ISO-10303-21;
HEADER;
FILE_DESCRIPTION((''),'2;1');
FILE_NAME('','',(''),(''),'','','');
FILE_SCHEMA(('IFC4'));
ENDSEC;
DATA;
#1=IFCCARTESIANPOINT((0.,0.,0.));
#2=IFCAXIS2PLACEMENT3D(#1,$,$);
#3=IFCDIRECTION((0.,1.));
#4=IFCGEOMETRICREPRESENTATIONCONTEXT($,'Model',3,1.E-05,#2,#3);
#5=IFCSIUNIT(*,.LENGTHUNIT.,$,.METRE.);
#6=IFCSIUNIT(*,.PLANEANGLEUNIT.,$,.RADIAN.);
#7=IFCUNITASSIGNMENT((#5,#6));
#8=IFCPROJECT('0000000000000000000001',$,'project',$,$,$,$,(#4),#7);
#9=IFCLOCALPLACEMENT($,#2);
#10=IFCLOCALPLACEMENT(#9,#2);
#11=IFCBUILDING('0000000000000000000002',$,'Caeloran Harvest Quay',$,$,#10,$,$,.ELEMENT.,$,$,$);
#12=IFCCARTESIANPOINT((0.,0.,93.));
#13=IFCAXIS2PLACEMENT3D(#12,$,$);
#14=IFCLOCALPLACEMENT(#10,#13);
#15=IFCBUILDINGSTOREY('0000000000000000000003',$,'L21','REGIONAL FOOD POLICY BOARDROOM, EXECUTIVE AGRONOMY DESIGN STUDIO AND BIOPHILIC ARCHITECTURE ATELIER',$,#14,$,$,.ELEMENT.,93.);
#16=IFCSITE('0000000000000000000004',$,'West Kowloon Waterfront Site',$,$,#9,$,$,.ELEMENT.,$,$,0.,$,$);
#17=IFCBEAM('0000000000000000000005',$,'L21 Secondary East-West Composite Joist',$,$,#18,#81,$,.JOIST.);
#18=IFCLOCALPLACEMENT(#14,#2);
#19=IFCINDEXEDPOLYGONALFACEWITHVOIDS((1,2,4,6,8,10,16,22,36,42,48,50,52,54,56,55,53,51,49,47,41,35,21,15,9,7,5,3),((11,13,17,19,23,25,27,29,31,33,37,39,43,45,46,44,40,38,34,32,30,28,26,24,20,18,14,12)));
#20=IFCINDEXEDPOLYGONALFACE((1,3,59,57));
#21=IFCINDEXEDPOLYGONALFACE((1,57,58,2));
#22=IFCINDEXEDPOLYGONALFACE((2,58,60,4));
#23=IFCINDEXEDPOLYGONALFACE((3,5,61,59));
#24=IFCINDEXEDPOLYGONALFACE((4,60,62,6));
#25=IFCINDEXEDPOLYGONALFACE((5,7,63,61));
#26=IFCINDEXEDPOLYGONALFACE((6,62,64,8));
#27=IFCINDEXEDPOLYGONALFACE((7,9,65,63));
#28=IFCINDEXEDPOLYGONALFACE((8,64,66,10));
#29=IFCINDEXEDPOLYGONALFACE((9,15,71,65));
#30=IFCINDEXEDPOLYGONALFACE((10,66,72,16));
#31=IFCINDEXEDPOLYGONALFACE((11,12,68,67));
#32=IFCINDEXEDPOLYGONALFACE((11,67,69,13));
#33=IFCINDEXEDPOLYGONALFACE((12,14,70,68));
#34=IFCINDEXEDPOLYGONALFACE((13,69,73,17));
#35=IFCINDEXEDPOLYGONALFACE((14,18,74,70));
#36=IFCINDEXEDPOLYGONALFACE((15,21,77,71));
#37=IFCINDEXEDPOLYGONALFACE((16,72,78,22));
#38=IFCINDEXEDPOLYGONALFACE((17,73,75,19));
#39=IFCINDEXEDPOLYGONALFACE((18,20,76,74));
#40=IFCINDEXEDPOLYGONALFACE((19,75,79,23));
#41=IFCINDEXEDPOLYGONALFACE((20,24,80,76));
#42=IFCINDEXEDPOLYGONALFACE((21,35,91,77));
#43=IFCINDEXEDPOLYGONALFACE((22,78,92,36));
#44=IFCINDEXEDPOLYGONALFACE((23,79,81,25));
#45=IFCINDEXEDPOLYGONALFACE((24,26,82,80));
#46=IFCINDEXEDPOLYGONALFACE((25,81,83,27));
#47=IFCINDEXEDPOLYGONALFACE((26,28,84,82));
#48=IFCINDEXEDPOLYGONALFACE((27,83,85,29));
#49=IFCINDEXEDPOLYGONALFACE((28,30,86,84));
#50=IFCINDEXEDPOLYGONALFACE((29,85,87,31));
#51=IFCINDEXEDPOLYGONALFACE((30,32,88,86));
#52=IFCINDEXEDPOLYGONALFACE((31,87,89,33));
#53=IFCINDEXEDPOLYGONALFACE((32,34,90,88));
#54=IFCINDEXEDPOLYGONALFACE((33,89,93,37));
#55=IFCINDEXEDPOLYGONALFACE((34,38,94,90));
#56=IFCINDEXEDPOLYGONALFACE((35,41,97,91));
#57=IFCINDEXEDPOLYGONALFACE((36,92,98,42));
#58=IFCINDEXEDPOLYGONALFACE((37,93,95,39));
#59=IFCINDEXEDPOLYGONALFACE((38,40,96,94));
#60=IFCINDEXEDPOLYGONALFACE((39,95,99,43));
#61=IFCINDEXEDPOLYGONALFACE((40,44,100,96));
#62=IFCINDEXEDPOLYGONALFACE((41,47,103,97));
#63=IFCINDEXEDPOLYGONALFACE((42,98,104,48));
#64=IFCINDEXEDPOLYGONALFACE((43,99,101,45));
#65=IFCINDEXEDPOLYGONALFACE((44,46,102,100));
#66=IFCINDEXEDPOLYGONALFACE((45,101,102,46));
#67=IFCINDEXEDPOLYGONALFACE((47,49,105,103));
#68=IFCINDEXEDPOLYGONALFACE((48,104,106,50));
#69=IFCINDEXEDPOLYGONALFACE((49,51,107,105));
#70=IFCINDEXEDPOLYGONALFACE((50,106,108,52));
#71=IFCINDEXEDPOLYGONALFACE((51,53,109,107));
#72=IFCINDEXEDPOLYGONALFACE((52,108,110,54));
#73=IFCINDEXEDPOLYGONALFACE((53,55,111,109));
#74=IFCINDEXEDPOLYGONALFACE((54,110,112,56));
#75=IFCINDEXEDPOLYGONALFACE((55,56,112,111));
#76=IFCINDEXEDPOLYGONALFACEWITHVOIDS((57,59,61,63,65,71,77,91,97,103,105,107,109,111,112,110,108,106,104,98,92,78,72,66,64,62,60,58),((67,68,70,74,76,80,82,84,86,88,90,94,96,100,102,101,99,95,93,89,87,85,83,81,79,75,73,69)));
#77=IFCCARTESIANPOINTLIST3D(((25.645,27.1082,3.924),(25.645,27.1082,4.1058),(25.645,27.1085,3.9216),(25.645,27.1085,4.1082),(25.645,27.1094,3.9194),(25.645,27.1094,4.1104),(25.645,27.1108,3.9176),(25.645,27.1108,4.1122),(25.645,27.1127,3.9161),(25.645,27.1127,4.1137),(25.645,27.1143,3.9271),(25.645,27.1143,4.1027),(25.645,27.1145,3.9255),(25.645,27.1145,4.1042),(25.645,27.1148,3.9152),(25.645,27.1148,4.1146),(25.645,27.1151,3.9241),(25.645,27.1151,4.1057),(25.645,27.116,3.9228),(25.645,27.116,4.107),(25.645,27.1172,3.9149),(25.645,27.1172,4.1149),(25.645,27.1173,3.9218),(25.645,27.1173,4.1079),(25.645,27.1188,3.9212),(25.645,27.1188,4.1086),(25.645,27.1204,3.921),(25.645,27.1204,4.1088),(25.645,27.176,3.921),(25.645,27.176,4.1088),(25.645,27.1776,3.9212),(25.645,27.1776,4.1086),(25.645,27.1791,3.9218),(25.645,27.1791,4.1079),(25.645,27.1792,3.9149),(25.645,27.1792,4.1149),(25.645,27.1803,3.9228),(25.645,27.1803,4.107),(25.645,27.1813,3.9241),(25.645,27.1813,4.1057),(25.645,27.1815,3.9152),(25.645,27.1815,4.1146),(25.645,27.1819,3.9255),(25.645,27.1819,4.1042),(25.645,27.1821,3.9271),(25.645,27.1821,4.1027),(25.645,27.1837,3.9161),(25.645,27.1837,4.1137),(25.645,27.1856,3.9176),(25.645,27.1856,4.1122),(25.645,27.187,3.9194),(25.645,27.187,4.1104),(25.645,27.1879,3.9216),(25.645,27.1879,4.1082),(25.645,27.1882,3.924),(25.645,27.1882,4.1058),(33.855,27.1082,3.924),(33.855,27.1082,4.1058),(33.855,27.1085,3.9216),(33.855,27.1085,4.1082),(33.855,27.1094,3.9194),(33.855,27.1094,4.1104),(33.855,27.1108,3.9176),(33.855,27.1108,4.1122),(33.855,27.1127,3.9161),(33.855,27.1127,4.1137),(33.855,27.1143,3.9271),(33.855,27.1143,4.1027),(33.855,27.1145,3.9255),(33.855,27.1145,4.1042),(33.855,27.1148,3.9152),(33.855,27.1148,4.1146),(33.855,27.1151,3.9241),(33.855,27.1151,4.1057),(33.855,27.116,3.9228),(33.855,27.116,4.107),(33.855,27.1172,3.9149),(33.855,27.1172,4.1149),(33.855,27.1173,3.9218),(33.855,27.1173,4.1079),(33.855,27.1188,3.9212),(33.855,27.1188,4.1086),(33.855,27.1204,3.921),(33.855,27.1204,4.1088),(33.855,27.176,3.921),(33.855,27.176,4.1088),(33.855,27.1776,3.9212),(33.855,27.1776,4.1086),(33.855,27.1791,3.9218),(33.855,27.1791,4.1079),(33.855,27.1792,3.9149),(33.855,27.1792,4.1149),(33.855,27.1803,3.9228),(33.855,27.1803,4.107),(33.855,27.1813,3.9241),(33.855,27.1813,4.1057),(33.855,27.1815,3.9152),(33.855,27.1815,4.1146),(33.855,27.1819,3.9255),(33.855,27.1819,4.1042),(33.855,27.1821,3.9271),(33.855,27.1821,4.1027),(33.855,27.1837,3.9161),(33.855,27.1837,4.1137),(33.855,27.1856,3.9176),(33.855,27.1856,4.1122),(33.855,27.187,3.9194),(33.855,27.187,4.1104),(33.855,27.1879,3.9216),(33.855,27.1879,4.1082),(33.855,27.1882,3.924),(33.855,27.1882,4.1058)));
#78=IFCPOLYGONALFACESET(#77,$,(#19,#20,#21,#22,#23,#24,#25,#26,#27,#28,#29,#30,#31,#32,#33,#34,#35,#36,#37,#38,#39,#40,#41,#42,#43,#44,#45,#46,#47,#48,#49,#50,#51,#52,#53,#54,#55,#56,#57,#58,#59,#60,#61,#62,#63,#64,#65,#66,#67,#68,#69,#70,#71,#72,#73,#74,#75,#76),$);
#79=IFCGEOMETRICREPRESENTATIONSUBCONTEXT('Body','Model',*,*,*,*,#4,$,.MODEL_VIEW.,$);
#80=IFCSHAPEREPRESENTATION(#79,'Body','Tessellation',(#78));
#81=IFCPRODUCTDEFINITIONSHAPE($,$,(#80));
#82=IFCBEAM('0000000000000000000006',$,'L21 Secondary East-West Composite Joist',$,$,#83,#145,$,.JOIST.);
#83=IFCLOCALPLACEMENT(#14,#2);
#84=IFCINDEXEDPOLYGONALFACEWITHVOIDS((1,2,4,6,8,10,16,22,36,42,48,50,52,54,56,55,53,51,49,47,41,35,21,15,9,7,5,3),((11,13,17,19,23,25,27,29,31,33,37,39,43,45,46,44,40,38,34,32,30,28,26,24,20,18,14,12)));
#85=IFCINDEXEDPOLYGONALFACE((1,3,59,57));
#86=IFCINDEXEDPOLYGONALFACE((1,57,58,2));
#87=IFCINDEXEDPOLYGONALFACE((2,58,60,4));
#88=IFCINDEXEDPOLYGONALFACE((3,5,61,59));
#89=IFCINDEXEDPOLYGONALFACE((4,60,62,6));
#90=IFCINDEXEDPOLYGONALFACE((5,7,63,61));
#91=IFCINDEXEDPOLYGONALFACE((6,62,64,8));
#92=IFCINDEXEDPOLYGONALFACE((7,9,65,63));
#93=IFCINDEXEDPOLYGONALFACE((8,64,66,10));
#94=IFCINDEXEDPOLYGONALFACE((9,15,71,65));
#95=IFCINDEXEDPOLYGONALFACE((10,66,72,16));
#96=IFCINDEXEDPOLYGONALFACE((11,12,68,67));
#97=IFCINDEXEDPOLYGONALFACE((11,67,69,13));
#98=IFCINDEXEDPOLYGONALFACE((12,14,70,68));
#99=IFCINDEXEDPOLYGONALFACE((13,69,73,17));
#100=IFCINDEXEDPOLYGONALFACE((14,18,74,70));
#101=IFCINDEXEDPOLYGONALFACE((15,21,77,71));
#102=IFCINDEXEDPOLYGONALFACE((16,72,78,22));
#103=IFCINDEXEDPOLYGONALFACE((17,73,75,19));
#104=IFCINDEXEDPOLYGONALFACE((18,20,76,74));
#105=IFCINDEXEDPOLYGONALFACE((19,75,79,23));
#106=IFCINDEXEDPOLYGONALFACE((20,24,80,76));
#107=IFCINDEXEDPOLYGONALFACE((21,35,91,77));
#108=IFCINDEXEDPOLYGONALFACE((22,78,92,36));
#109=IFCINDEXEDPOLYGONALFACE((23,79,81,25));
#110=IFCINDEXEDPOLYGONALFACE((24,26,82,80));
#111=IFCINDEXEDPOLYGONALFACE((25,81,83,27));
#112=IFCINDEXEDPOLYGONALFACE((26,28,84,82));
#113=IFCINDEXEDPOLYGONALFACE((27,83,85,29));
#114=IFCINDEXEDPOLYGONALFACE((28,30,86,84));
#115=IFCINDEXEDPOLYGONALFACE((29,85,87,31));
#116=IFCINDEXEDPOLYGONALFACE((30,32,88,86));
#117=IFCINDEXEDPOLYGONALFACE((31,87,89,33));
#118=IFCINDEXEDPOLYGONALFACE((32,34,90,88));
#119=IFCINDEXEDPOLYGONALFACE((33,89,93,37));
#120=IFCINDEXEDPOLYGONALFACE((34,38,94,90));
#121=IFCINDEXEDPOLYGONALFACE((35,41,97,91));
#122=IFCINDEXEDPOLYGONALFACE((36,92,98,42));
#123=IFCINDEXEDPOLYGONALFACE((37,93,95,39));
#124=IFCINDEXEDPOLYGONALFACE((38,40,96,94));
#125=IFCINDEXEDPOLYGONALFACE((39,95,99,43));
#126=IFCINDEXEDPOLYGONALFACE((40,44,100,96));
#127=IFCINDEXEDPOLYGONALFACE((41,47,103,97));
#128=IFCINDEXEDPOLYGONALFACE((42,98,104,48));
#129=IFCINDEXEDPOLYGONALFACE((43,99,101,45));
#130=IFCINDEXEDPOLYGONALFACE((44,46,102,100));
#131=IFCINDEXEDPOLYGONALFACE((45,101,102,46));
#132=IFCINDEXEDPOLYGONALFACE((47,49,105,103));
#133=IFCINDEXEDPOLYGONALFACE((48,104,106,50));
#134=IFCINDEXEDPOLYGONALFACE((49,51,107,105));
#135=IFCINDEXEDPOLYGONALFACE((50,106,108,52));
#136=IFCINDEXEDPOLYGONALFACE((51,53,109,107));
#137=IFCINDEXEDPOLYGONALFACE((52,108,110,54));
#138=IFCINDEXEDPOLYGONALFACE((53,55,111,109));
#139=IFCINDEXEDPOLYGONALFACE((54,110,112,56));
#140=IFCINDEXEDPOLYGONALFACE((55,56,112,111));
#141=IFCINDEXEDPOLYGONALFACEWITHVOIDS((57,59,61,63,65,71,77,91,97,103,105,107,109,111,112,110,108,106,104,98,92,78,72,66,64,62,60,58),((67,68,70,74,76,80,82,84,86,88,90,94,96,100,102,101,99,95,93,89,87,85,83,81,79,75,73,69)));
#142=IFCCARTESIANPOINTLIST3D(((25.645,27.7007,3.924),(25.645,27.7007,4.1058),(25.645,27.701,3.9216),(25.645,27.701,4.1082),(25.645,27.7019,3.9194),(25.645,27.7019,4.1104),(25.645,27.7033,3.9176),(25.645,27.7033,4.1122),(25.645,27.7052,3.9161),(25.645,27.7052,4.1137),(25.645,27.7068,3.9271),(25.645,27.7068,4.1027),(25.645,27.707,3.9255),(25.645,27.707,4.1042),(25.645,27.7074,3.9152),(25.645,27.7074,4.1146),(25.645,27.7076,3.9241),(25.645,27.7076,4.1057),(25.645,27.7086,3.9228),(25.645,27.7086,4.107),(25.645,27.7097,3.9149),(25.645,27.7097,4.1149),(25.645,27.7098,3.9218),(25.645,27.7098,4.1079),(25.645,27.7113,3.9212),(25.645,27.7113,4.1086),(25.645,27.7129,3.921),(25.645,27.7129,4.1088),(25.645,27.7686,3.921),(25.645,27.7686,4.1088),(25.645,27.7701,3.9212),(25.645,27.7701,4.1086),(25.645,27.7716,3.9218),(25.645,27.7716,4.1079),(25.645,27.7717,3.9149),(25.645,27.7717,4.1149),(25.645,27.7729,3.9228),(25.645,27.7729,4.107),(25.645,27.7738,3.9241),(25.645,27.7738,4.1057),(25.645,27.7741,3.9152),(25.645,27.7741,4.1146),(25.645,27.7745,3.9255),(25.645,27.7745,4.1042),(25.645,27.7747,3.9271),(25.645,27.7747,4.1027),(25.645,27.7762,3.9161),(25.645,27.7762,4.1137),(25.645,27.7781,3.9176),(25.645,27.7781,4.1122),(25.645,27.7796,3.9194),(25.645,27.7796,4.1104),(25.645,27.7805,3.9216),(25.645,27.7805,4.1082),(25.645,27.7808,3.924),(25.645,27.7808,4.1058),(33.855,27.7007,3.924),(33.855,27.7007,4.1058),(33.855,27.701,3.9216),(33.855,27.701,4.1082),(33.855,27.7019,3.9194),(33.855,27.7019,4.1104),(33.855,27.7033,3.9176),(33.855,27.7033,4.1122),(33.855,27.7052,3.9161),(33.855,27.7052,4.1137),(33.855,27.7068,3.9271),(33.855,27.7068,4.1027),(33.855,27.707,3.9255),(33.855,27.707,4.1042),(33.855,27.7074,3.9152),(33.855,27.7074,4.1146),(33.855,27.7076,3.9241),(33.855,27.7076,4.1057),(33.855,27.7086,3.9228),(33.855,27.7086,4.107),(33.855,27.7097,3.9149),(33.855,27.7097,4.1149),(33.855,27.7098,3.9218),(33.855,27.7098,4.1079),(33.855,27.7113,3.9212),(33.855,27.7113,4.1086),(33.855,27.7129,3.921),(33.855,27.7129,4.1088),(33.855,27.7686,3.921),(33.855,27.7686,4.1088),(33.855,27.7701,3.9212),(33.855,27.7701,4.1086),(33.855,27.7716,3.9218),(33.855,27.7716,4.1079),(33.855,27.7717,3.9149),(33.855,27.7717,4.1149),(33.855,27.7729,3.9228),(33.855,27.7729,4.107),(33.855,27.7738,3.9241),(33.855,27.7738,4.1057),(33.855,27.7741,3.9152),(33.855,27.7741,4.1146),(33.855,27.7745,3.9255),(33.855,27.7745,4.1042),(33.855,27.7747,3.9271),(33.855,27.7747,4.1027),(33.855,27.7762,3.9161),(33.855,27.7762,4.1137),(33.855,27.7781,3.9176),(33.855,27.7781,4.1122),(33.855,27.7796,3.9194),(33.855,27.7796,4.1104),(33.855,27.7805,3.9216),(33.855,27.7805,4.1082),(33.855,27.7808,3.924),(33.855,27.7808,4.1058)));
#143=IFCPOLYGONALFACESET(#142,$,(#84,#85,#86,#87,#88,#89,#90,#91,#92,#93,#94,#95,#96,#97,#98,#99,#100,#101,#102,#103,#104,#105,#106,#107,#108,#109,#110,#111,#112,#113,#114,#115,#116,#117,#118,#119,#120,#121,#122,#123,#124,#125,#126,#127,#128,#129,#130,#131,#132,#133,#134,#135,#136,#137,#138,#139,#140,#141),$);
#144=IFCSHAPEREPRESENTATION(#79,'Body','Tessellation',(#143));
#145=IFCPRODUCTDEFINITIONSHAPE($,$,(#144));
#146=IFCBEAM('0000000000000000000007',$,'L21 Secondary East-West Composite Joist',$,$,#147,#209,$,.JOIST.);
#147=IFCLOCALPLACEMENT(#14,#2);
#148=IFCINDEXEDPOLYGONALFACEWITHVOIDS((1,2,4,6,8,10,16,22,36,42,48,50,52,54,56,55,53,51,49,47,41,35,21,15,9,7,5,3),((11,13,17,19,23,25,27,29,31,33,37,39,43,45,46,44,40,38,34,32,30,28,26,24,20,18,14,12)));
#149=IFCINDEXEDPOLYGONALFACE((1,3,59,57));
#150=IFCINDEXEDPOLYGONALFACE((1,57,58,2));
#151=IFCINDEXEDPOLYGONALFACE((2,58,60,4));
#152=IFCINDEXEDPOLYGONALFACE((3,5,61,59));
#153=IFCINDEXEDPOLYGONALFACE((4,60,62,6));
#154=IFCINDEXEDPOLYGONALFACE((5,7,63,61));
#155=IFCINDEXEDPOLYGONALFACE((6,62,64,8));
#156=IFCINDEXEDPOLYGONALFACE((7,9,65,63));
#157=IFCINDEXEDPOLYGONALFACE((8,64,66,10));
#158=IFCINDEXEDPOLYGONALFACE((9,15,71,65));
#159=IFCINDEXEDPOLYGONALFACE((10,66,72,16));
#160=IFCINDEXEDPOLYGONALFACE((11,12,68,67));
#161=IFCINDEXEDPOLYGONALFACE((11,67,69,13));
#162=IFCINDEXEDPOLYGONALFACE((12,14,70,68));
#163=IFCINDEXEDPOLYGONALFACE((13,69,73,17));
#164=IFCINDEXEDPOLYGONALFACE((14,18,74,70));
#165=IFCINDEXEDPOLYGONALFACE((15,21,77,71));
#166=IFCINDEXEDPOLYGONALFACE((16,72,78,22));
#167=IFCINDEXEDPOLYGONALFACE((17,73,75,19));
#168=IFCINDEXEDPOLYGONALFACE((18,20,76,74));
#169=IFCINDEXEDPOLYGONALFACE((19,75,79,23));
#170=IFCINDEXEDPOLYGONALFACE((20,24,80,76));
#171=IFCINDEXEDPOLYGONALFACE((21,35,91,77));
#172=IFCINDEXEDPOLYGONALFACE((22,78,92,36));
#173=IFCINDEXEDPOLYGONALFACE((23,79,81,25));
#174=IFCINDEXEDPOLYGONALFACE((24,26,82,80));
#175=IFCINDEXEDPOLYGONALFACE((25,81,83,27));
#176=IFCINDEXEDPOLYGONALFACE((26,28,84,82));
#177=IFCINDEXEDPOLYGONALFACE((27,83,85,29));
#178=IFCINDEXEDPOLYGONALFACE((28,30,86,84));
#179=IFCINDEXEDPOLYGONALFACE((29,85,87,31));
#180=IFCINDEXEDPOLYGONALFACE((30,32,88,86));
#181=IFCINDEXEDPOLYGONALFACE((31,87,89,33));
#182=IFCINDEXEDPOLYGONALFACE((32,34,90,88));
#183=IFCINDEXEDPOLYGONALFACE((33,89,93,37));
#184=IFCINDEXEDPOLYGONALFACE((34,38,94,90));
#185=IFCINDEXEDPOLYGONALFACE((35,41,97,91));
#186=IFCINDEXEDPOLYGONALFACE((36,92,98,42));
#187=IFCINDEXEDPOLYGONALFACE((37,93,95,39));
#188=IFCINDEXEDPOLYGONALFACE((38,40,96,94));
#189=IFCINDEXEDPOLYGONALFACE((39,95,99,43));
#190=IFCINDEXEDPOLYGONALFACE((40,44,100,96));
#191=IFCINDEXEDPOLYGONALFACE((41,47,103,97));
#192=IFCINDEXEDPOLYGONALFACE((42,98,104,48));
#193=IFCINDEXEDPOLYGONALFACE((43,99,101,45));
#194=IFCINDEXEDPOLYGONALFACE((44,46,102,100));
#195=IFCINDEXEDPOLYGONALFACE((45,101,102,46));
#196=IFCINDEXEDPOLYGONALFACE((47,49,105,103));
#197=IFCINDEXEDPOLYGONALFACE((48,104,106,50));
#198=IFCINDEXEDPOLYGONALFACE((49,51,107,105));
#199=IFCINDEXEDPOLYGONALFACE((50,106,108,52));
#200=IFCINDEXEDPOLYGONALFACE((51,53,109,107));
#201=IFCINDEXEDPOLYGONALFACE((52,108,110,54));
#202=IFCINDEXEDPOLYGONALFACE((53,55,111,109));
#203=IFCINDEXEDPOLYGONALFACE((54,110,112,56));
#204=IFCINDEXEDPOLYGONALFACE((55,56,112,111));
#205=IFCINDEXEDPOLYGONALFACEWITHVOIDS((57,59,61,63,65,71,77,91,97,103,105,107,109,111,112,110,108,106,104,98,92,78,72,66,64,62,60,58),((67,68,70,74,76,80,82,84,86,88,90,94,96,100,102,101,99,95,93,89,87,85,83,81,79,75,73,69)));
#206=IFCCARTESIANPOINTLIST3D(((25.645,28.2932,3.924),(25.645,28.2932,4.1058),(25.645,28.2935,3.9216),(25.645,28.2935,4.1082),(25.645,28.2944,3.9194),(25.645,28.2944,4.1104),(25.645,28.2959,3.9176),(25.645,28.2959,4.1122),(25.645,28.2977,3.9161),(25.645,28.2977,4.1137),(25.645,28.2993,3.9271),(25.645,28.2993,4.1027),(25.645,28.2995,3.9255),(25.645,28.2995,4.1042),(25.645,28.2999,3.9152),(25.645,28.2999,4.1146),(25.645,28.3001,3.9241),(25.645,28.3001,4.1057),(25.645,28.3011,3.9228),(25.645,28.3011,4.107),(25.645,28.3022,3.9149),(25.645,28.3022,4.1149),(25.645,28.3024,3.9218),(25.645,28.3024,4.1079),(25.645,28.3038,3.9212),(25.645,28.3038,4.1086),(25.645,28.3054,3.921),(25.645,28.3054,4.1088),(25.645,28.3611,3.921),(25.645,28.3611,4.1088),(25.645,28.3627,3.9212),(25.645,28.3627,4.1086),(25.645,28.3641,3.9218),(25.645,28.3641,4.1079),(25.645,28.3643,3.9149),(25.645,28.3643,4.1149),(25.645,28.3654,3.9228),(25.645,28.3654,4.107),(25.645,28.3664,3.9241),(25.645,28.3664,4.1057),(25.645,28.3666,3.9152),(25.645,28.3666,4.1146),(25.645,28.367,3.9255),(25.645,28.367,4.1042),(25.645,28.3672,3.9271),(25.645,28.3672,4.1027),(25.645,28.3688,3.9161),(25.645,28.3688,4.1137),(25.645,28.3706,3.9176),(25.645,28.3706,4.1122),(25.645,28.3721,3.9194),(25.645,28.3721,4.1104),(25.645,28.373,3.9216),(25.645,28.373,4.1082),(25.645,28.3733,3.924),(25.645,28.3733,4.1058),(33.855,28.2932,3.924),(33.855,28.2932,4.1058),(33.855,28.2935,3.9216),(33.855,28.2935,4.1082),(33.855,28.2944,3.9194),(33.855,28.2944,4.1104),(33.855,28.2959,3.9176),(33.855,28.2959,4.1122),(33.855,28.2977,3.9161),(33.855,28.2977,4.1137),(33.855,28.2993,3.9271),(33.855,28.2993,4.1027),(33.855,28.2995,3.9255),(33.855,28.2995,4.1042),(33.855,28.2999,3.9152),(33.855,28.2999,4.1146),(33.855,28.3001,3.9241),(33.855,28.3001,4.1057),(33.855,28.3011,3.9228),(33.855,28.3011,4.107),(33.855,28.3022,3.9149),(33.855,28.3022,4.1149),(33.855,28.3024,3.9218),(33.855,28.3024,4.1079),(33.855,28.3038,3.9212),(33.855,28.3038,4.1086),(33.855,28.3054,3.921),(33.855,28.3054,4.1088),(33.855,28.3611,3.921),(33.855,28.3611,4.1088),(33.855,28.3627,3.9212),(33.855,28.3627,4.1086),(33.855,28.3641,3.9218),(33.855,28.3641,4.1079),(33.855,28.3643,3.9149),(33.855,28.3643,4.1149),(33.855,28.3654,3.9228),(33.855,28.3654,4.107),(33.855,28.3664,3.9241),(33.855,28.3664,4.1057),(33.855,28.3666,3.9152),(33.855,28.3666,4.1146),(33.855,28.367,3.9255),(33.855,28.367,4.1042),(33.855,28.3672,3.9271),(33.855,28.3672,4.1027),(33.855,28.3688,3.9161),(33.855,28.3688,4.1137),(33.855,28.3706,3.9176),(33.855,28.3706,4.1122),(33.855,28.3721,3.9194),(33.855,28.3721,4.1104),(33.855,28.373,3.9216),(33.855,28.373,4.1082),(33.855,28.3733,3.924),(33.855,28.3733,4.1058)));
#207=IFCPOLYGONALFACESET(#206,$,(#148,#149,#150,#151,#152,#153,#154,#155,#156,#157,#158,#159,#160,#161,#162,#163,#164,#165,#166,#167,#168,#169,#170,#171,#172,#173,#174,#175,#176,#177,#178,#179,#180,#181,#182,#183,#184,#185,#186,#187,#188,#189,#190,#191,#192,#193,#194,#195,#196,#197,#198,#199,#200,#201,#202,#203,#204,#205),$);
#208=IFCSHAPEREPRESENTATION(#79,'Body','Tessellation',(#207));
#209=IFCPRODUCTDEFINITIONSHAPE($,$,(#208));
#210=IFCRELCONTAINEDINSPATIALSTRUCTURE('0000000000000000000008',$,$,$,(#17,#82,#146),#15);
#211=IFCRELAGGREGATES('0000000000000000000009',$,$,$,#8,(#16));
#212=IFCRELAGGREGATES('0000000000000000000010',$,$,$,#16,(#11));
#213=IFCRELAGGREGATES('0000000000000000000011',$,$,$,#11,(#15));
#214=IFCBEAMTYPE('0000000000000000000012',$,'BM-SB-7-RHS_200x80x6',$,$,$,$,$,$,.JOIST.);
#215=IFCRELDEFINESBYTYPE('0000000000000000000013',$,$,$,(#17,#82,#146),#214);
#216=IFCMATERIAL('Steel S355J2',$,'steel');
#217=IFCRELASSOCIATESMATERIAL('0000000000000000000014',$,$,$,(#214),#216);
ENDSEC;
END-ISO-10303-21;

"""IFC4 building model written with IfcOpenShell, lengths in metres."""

from ifc_helpers import new_model, si_unit, direction, frame, origin, origin_2d, place, context, subcontext, project, spatial, hollow_rectangle, extrude, material, material_profile, profile_set, type_object, element, save


model = new_model("IFC4")

# Units and contexts
model_context = context("Model", 3, precision=1e-05, world=origin(), true_north=direction((0.0, 1.0)))
body_context = subcontext(model_context, "Body", "Model", "MODEL_VIEW")
ifc_project = project(units=[si_unit("LENGTHUNIT", "METRE"), si_unit("PLANEANGLEUNIT", "RADIAN")], contexts=[model_context])

# Site, building, storey
site_placement = place(None, origin())
site = spatial("IfcSite", under=ifc_project, at=site_placement, Name="West Kowloon Waterfront Site", CompositionType="ELEMENT", RefElevation=0.0)
building_placement = place(site_placement, origin())
building = spatial("IfcBuilding", under=site, at=building_placement, Name="Caeloran Harvest Quay", CompositionType="ELEMENT")
storey_placement = place(building_placement, frame((0.0, 0.0, 93.0)))
storey = spatial("IfcBuildingStorey", under=building, at=storey_placement, Name="L21", Description="REGIONAL FOOD POLICY BOARDROOM, EXECUTIVE AGRONOMY DESIGN STUDIO AND BIOPHILIC ARCHITECTURE ATELIER", CompositionType="ELEMENT", Elevation=93.0)

# Beams
ifc_material_1 = material(Name="Steel S355J2", Category="steel")
ifc_material_profile_1 = material_profile(ifc_material_1, hollow_rectangle(XDim=0.0801, YDim=0.2, WallThickness=0.0061, InnerFilletRadius=0.0061, OuterFilletRadius=0.009, at=origin_2d()), Name="RHS 200x80x6")
ifc_profile_set_1 = profile_set([ifc_material_profile_1], Name="Steel S355J2")
beam_type_1 = type_object("IfcBeamType", Name="BM-SB-7-RHS_200x80x6", PredefinedType="JOIST", material=ifc_profile_set_1)
for number, where, z_axis, x_axis, name in (
    (1, (25.645, 27.1482, 4.0149), (1.0, 0.0, 0.0), (0.0, 1.0, 0.0), "L21 Secondary East-West Composite Joist"),
    (2, (25.645, 27.7407, 4.0149), (1.0, 0.0, 0.0), (0.0, 1.0, 0.0), "L21 Secondary East-West Composite Joist"),
    (3, (25.645, 28.3333, 4.0149), (1.0, 0.0, 0.0), (0.0, 1.0, 0.0), "L21 Secondary East-West Composite Joist"),
):
    element("IfcBeam", number, at=place(storey_placement, frame(where, z_axis=z_axis, x_axis=x_axis)), inside=storey, type_object=beam_type_1, Name=name, PredefinedType="JOIST", context=body_context, shape_type="SweptSolid", body=[
        extrude(hollow_rectangle(XDim=0.0801, YDim=0.2, WallThickness=0.0061, InnerFilletRadius=0.0061, OuterFilletRadius=0.009, at=origin_2d()), origin(), (0.0, 0.0, 1.0), 8.21),
    ])

save(model, "model.ifc")
